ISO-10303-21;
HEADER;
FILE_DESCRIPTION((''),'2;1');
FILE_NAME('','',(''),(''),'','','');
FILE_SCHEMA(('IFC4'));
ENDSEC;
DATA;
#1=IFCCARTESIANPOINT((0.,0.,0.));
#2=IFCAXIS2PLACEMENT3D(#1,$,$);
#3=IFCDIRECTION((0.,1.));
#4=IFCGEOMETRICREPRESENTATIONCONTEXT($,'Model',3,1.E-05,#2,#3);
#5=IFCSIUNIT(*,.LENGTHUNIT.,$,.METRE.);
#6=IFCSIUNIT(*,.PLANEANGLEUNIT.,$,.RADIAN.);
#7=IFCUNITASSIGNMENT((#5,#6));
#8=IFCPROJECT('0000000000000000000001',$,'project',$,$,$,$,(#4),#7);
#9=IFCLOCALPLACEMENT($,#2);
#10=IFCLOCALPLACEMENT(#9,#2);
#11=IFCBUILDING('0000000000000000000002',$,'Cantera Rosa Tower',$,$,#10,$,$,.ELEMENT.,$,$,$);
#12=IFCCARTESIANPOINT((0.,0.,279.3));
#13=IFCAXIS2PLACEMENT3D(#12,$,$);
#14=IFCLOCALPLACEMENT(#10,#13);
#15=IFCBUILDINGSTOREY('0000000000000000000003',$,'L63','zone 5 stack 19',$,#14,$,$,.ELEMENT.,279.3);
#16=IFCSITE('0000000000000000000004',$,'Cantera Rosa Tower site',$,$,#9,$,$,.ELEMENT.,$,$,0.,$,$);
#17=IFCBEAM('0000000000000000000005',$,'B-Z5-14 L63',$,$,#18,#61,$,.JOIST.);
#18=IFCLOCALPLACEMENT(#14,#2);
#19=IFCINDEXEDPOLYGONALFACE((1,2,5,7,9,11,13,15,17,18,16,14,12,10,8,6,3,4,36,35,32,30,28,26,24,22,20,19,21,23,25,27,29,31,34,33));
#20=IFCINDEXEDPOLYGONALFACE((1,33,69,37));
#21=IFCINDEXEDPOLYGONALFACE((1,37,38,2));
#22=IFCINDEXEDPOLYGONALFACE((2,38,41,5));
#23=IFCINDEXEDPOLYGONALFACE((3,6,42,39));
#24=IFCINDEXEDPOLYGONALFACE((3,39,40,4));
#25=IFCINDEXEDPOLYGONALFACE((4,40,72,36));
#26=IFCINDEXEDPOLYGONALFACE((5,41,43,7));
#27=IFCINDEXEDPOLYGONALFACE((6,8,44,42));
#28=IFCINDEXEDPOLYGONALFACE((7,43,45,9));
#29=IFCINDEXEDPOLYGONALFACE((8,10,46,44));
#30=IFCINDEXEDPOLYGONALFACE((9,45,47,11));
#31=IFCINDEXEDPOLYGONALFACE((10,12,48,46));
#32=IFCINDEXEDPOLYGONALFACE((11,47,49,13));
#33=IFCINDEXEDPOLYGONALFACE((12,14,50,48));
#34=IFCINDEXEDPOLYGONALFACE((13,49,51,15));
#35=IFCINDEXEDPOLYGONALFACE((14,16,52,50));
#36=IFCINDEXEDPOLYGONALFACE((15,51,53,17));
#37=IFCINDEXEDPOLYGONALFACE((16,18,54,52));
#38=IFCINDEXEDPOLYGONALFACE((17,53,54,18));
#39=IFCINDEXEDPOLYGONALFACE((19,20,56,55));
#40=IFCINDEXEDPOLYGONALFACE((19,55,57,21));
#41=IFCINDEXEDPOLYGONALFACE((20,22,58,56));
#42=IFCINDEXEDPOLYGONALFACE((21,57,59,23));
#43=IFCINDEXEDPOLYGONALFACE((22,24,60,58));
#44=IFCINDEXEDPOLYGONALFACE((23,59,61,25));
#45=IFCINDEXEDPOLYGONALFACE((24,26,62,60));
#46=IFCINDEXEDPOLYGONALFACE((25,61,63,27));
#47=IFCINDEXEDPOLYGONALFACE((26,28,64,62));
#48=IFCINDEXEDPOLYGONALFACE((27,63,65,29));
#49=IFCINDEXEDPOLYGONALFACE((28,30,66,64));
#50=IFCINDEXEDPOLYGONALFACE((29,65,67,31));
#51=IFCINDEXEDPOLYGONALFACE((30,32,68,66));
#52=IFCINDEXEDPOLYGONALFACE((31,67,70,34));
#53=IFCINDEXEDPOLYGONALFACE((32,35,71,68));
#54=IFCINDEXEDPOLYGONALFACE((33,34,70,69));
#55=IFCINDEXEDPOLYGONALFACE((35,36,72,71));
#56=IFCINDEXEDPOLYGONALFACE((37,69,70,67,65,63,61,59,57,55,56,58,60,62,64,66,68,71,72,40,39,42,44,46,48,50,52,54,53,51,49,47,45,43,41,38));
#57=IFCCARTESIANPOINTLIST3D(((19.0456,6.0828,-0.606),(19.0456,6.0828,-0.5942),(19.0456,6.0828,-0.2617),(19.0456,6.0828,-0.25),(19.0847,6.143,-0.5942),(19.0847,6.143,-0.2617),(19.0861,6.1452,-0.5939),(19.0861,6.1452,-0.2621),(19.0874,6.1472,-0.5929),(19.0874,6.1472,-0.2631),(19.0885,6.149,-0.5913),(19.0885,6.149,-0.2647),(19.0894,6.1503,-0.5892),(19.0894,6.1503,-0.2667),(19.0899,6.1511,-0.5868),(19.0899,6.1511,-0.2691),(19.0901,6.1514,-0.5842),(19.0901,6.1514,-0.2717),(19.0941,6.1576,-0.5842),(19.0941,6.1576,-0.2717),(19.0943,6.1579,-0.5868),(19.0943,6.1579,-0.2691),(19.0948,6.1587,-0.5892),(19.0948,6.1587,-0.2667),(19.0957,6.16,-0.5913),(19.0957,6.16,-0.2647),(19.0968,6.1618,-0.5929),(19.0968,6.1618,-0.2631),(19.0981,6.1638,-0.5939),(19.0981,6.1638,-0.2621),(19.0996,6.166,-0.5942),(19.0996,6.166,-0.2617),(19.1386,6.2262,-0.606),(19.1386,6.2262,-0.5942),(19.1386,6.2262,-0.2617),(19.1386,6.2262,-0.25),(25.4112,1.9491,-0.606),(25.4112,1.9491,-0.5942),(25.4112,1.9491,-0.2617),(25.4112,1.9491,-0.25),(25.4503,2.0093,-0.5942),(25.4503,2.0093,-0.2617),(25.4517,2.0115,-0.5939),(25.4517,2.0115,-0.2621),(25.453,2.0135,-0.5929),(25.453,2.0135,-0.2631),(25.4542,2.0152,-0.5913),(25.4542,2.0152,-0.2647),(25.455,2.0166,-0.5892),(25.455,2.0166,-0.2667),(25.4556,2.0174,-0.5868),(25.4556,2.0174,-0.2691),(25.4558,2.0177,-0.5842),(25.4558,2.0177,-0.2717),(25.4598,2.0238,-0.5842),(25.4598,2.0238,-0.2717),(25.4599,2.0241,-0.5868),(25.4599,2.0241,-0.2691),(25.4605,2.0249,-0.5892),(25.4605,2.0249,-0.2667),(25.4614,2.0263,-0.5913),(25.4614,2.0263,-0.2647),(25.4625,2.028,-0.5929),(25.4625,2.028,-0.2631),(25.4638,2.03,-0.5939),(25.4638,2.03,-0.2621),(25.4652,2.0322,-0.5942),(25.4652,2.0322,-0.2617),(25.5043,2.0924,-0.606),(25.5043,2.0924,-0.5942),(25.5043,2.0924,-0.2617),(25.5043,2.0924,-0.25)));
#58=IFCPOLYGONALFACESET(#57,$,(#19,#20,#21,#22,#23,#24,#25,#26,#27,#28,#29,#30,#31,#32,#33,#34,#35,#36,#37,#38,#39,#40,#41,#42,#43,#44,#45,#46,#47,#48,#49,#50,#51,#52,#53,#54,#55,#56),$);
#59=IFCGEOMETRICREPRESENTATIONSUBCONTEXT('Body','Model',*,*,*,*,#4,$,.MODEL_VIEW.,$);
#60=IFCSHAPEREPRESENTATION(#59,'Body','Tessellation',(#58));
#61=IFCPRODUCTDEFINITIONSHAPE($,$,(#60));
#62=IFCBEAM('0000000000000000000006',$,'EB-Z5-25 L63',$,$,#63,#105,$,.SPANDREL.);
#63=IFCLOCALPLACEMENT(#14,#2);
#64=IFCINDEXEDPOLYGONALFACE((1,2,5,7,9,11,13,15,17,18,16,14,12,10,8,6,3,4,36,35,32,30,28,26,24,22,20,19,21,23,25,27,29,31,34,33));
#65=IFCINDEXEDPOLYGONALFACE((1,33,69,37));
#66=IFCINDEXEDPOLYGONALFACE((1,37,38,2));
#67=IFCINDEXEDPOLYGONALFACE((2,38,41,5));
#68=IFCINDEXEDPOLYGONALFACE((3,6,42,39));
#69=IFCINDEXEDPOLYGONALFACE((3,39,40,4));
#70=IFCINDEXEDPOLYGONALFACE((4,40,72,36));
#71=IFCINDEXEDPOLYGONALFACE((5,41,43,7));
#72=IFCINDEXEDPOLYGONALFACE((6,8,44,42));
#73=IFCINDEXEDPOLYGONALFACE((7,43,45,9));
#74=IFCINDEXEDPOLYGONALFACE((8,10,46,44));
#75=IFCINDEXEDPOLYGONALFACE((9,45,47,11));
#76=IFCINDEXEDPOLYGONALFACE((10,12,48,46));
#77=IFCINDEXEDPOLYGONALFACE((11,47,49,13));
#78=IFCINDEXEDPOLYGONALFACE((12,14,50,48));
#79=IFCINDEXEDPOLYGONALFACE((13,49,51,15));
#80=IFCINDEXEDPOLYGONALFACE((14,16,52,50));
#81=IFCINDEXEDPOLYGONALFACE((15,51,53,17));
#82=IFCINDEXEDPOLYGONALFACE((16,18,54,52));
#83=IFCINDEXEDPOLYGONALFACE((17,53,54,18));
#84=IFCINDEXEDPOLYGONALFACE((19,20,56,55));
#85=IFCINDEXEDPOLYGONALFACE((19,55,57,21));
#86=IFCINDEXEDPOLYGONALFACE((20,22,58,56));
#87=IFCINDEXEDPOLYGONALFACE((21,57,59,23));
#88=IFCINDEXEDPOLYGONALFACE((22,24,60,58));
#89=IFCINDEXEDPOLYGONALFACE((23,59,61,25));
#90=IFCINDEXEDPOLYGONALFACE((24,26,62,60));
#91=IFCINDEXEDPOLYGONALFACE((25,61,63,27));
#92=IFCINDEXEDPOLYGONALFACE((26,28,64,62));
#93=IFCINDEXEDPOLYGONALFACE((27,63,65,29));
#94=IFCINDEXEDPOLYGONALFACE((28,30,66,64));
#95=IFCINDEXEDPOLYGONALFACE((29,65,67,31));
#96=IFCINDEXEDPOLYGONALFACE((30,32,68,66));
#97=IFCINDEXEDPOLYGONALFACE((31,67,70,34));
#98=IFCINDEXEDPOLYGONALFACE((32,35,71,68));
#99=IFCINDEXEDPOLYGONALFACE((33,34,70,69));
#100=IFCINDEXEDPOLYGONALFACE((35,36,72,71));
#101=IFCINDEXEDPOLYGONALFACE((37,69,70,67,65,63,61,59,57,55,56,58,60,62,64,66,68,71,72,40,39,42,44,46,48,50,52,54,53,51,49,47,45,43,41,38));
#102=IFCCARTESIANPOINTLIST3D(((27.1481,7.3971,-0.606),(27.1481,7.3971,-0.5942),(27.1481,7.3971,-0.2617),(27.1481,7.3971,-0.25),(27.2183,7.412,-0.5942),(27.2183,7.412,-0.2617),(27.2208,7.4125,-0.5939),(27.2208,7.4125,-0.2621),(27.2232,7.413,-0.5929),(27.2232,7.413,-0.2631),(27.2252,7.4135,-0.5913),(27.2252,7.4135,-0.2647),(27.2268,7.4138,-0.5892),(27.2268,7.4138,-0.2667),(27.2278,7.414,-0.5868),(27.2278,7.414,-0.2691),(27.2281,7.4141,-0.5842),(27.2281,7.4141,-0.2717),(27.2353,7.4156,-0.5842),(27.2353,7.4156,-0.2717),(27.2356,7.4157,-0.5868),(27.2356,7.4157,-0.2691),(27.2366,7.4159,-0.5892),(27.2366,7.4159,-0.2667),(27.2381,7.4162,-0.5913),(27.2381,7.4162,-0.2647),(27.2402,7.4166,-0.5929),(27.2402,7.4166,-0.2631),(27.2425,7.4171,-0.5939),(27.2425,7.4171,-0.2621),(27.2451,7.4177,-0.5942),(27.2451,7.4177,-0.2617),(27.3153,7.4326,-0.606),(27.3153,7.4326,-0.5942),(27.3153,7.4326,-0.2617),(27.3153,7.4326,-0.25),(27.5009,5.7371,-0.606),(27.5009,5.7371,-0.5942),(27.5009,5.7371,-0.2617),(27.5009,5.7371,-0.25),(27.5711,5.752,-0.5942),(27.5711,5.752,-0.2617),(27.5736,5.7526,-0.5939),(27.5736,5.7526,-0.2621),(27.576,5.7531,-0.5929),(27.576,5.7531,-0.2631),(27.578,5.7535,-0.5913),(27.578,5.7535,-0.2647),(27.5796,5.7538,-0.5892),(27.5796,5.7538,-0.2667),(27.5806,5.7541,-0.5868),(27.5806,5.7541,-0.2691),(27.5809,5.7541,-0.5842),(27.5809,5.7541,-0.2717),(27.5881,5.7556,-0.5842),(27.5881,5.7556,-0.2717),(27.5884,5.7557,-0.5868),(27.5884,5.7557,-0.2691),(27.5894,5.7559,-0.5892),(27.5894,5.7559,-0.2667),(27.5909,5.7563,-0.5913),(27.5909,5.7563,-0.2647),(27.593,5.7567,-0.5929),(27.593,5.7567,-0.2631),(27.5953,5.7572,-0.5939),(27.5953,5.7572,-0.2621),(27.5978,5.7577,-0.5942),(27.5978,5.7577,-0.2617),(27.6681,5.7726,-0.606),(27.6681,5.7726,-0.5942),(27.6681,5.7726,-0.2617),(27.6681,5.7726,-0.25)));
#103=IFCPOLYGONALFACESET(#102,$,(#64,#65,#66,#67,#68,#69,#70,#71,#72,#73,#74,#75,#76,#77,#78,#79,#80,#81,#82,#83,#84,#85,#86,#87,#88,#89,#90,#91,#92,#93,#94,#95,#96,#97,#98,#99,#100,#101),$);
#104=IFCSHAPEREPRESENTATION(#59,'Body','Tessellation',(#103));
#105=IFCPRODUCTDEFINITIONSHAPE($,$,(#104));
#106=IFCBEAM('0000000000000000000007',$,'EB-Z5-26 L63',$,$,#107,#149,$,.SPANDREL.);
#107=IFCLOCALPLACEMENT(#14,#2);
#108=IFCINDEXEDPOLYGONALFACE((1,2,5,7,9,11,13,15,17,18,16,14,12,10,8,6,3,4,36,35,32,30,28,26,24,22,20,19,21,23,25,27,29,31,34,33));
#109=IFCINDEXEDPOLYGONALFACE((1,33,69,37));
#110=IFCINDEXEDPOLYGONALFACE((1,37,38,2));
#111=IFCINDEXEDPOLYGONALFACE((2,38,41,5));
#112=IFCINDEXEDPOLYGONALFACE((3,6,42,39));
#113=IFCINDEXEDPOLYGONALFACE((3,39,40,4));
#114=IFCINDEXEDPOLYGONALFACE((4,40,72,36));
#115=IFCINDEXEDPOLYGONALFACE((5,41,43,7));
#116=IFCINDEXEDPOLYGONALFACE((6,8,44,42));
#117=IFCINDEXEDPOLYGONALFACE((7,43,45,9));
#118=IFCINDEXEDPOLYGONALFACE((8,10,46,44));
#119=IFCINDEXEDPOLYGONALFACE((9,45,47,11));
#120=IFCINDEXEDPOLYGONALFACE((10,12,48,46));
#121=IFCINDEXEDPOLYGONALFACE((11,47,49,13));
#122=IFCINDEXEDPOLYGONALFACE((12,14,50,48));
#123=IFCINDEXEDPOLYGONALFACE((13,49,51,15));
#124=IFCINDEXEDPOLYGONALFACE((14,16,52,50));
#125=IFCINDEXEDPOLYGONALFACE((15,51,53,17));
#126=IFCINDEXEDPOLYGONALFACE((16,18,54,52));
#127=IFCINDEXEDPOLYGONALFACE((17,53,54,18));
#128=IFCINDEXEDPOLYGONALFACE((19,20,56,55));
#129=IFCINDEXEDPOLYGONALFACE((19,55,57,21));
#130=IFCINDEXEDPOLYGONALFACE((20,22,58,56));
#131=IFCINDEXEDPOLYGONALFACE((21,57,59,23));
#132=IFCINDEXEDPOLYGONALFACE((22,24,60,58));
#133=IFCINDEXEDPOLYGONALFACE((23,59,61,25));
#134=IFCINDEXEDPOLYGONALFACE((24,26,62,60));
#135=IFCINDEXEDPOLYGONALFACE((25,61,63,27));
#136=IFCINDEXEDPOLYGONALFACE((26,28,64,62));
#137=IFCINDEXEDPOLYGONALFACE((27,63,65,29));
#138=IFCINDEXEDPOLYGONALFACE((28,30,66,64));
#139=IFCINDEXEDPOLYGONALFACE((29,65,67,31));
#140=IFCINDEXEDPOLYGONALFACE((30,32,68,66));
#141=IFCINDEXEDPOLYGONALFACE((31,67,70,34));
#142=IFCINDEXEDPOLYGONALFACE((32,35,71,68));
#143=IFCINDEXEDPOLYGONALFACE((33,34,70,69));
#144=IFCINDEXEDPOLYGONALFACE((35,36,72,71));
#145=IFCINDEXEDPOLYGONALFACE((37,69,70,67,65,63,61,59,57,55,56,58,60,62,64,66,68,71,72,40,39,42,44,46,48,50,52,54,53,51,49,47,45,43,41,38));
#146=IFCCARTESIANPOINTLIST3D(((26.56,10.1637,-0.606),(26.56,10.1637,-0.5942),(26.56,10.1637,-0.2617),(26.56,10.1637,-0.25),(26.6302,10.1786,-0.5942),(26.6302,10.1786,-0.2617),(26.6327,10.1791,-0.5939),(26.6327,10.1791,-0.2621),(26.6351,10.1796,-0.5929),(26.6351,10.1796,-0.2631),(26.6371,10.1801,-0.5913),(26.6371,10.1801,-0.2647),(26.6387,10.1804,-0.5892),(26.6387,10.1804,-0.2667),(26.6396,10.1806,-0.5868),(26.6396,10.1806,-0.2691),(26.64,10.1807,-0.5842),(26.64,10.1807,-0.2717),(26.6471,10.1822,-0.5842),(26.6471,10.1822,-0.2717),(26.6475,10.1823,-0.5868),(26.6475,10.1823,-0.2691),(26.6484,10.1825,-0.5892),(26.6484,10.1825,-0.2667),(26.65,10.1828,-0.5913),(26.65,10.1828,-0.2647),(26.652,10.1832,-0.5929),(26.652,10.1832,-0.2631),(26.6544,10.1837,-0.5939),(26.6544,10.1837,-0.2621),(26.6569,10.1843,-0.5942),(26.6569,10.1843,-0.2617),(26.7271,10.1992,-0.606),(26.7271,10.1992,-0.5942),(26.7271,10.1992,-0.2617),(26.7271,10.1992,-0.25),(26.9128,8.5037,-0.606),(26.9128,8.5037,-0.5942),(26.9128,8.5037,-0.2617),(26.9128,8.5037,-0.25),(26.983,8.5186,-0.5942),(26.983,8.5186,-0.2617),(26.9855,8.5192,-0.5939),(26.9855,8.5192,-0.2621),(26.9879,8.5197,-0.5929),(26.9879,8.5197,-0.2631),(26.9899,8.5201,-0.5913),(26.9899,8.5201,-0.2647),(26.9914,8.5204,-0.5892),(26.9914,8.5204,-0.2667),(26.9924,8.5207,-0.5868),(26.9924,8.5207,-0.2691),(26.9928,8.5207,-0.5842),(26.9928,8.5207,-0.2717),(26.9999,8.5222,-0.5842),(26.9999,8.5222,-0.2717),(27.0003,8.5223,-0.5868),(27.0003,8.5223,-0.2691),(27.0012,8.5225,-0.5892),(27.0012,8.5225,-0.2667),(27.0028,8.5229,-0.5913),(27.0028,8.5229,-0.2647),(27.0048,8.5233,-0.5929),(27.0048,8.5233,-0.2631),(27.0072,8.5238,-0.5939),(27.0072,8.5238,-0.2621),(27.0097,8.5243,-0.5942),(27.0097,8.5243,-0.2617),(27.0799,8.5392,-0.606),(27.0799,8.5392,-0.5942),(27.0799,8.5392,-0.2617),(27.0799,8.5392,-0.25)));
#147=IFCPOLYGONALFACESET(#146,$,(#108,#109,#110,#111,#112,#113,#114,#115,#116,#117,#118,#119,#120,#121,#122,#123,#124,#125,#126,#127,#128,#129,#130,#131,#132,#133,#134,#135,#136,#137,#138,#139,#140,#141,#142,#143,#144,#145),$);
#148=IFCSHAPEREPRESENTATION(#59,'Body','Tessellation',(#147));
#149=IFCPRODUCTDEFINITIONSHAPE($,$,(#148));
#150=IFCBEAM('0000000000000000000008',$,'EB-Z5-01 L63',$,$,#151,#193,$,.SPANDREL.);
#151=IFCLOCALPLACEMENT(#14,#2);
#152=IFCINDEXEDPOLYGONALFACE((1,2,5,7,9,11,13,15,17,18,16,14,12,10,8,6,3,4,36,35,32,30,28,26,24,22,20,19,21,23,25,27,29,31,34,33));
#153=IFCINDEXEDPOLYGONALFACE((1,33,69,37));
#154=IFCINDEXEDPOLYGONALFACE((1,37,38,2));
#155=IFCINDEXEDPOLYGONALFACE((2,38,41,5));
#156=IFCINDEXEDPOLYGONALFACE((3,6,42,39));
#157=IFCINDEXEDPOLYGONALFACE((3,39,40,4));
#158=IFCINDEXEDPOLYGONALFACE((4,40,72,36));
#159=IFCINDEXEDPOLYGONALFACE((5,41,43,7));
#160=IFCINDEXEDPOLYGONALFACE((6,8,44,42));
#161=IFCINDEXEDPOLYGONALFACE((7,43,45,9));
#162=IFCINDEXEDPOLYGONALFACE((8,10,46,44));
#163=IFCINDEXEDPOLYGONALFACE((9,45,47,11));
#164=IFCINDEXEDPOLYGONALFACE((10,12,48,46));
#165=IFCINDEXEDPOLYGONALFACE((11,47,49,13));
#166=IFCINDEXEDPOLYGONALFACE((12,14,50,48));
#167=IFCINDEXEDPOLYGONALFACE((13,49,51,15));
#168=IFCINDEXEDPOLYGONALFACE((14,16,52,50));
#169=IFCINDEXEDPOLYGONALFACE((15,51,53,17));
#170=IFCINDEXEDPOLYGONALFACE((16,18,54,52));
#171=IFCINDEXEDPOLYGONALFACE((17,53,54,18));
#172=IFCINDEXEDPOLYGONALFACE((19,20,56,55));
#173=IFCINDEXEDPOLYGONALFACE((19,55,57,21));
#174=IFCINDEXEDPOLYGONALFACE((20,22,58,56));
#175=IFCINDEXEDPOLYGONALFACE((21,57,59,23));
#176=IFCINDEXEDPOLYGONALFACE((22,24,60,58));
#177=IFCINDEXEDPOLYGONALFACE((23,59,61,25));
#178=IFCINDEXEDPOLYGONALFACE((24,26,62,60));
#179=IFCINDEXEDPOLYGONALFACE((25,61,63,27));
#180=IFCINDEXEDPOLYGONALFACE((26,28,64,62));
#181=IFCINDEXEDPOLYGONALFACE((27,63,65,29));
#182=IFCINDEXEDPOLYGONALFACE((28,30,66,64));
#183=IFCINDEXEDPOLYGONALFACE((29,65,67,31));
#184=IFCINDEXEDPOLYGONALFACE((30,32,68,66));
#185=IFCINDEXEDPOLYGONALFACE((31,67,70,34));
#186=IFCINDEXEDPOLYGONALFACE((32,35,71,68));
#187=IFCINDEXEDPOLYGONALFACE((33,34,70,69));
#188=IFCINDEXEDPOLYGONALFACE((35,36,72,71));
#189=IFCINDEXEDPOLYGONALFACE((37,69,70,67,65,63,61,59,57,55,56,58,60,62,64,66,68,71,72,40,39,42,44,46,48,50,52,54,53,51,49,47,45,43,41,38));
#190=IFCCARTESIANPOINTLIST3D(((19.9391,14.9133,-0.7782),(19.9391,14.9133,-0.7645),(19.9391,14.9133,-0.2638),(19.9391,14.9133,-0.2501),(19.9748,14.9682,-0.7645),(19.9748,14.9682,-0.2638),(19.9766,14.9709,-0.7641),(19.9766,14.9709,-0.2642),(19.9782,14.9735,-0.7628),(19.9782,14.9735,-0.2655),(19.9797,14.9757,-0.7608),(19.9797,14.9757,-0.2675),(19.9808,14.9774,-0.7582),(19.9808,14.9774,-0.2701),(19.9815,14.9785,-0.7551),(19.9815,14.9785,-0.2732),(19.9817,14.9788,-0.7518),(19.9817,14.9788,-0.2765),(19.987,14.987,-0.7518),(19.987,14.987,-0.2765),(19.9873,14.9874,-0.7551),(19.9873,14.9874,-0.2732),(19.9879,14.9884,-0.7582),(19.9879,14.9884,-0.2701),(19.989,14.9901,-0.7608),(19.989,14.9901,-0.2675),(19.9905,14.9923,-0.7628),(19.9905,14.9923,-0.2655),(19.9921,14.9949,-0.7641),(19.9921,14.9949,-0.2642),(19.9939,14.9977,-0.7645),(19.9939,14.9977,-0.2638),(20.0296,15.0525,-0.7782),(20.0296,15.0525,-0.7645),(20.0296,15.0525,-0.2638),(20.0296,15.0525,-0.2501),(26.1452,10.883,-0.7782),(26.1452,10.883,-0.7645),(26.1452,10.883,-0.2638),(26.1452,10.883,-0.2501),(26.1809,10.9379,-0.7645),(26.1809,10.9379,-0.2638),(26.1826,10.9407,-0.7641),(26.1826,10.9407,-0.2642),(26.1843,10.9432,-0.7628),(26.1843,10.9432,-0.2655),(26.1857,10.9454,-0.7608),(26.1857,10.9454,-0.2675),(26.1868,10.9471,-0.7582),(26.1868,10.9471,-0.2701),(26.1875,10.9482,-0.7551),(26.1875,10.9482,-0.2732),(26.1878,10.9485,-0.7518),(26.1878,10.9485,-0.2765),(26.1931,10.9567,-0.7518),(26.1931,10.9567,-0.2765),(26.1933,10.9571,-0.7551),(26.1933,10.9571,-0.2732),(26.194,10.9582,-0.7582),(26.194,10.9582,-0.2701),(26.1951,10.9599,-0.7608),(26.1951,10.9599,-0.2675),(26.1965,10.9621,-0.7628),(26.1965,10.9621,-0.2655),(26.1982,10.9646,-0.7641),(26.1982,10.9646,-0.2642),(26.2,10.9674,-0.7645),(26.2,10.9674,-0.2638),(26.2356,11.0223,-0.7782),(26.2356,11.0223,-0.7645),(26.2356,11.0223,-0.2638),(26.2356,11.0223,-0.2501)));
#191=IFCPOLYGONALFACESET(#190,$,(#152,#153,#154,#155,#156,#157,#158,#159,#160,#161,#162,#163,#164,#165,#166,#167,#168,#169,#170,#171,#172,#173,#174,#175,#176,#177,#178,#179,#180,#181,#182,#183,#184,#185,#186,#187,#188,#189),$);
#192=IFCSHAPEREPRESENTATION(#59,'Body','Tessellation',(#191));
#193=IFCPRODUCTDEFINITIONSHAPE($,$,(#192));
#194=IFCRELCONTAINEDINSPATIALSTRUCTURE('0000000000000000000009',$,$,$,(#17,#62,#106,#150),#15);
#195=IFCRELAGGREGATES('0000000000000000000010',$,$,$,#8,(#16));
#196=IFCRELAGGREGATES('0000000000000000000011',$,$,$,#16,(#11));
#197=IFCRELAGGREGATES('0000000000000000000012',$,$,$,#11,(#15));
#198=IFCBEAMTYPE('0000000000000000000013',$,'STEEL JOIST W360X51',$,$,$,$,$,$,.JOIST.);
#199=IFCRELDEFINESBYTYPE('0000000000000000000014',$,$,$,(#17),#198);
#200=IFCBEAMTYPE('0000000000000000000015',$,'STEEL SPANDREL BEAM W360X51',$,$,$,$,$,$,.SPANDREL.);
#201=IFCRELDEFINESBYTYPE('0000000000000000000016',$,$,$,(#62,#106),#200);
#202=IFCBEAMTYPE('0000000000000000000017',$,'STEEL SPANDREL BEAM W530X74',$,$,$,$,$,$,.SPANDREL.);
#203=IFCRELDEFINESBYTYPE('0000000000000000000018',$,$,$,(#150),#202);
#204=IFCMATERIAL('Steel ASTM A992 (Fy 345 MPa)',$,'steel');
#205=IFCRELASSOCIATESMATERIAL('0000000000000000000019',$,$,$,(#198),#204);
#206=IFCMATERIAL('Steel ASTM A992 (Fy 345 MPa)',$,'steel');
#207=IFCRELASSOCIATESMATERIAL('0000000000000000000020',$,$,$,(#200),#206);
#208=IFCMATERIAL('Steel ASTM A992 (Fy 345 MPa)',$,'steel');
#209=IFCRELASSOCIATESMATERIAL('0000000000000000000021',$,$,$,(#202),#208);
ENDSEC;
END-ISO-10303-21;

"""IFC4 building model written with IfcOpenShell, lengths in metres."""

from ifc_helpers import new_model, si_unit, direction, frame, origin, origin_2d, place, context, subcontext, project, spatial, i_section, extrude, material, material_profile, profile_set, type_object, element, save


model = new_model("IFC4")

# Units and contexts
model_context = context("Model", 3, precision=1e-05, world=origin(), true_north=direction((0.0, 1.0)))
body_context = subcontext(model_context, "Body", "Model", "MODEL_VIEW")
ifc_project = project(units=[si_unit("LENGTHUNIT", "METRE"), si_unit("PLANEANGLEUNIT", "RADIAN")], contexts=[model_context])

# Site, building, storey
site_placement = place(None, origin())
site = spatial("IfcSite", under=ifc_project, at=site_placement, Name="Cantera Rosa Tower site", CompositionType="ELEMENT", RefElevation=0.0)
building_placement = place(site_placement, origin())
building = spatial("IfcBuilding", under=site, at=building_placement, Name="Cantera Rosa Tower", CompositionType="ELEMENT")
storey_placement = place(building_placement, frame((0.0, 0.0, 279.3)))
storey = spatial("IfcBuildingStorey", under=building, at=storey_placement, Name="L63", Description="zone 5 stack 19", CompositionType="ELEMENT", Elevation=279.3)

# Beams
ifc_material_1 = material(Name="Steel ASTM A992 (Fy 345 MPa)", Category="steel")
ifc_material_profile_1 = material_profile(ifc_material_1, i_section(OverallWidth=0.1709, OverallDepth=0.356, WebThickness=0.0073, FlangeThickness=0.0117, FilletRadius=0.01, at=origin_2d()), Name="W360X51")
ifc_profile_set_1 = profile_set([ifc_material_profile_1], Name="Steel ASTM A992 (Fy 345 MPa)")
beam_type_1 = type_object("IfcBeamType", Name="STEEL JOIST W360X51", PredefinedType="JOIST", material=ifc_profile_set_1)
beam_1_placement = place(storey_placement, frame((25.4578, 2.0208, -0.428), z_axis=(-0.83868, 0.544624, 0.0), x_axis=(-0.544624, -0.83868, 0.0)))
element("IfcBeam", 1, at=beam_1_placement, inside=storey, type_object=beam_type_1, Name="B-Z5-14 L63", PredefinedType="JOIST", context=body_context, shape_type="SweptSolid", body=[
    extrude(i_section(OverallWidth=0.1709, OverallDepth=0.356, WebThickness=0.0073, FlangeThickness=0.0117, FilletRadius=0.01, at=origin_2d()), origin(), (0.0, 0.0, 1.0), 7.5901),
])
ifc_material_2 = material(Name="Steel ASTM A992 (Fy 345 MPa)", Category="steel")
ifc_material_profile_2 = material_profile(ifc_material_2, i_section(OverallWidth=0.1709, OverallDepth=0.356, WebThickness=0.0073, FlangeThickness=0.0117, FilletRadius=0.01, at=origin_2d()), Name="W360X51")
ifc_profile_set_2 = profile_set([ifc_material_profile_2], Name="Steel ASTM A992 (Fy 345 MPa)")
beam_type_2 = type_object("IfcBeamType", Name="STEEL SPANDREL BEAM W360X51", PredefinedType="SPANDREL", material=ifc_profile_set_2)
for number, where, z_axis, x_axis, name in (
    (2, (27.5845, 5.7549, -0.428), (-0.207888, 0.978153, 0.0), (-0.978153, -0.207888, 0.0), "EB-Z5-25 L63"),
    (3, (26.9963, 8.5215, -0.428), (-0.207888, 0.978153, 0.0), (-0.978153, -0.207888, 0.0), "EB-Z5-26 L63"),
):
    element("IfcBeam", number, at=place(storey_placement, frame(where, z_axis=z_axis, x_axis=x_axis)), inside=storey, type_object=beam_type_2, Name=name, PredefinedType="SPANDREL", context=body_context, shape_type="SweptSolid", body=[
        extrude(i_section(OverallWidth=0.1709, OverallDepth=0.356, WebThickness=0.0073, FlangeThickness=0.0117, FilletRadius=0.01, at=origin_2d()), origin(), (0.0, 0.0, 1.0), 1.697),
    ])
ifc_material_3 = material(Name="Steel ASTM A992 (Fy 345 MPa)", Category="steel")
ifc_material_profile_3 = material_profile(ifc_material_3, i_section(OverallWidth=0.166, OverallDepth=0.5281, WebThickness=0.0098, FlangeThickness=0.0137, FilletRadius=0.0127, at=origin_2d()), Name="W530X74")
ifc_profile_set_3 = profile_set([ifc_material_profile_3], Name="Steel ASTM A992 (Fy 345 MPa)")
beam_type_3 = type_object("IfcBeamType", Name="STEEL SPANDREL BEAM W530X74", PredefinedType="SPANDREL", material=ifc_profile_set_3)
beam_2_placement = place(storey_placement, frame((26.1904, 10.9526, -0.5142), z_axis=(-0.83867, 0.54464, 0.0), x_axis=(-0.54464, -0.83867, 0.0)))
element("IfcBeam", 4, at=beam_2_placement, inside=storey, type_object=beam_type_3, Name="EB-Z5-01 L63", PredefinedType="SPANDREL", context=body_context, shape_type="SweptSolid", body=[
    extrude(i_section(OverallWidth=0.166, OverallDepth=0.5281, WebThickness=0.0098, FlangeThickness=0.0137, FilletRadius=0.0127, at=origin_2d()), origin(), (0.0, 0.0, 1.0), 7.3999),
])

save(model, "model.ifc")
